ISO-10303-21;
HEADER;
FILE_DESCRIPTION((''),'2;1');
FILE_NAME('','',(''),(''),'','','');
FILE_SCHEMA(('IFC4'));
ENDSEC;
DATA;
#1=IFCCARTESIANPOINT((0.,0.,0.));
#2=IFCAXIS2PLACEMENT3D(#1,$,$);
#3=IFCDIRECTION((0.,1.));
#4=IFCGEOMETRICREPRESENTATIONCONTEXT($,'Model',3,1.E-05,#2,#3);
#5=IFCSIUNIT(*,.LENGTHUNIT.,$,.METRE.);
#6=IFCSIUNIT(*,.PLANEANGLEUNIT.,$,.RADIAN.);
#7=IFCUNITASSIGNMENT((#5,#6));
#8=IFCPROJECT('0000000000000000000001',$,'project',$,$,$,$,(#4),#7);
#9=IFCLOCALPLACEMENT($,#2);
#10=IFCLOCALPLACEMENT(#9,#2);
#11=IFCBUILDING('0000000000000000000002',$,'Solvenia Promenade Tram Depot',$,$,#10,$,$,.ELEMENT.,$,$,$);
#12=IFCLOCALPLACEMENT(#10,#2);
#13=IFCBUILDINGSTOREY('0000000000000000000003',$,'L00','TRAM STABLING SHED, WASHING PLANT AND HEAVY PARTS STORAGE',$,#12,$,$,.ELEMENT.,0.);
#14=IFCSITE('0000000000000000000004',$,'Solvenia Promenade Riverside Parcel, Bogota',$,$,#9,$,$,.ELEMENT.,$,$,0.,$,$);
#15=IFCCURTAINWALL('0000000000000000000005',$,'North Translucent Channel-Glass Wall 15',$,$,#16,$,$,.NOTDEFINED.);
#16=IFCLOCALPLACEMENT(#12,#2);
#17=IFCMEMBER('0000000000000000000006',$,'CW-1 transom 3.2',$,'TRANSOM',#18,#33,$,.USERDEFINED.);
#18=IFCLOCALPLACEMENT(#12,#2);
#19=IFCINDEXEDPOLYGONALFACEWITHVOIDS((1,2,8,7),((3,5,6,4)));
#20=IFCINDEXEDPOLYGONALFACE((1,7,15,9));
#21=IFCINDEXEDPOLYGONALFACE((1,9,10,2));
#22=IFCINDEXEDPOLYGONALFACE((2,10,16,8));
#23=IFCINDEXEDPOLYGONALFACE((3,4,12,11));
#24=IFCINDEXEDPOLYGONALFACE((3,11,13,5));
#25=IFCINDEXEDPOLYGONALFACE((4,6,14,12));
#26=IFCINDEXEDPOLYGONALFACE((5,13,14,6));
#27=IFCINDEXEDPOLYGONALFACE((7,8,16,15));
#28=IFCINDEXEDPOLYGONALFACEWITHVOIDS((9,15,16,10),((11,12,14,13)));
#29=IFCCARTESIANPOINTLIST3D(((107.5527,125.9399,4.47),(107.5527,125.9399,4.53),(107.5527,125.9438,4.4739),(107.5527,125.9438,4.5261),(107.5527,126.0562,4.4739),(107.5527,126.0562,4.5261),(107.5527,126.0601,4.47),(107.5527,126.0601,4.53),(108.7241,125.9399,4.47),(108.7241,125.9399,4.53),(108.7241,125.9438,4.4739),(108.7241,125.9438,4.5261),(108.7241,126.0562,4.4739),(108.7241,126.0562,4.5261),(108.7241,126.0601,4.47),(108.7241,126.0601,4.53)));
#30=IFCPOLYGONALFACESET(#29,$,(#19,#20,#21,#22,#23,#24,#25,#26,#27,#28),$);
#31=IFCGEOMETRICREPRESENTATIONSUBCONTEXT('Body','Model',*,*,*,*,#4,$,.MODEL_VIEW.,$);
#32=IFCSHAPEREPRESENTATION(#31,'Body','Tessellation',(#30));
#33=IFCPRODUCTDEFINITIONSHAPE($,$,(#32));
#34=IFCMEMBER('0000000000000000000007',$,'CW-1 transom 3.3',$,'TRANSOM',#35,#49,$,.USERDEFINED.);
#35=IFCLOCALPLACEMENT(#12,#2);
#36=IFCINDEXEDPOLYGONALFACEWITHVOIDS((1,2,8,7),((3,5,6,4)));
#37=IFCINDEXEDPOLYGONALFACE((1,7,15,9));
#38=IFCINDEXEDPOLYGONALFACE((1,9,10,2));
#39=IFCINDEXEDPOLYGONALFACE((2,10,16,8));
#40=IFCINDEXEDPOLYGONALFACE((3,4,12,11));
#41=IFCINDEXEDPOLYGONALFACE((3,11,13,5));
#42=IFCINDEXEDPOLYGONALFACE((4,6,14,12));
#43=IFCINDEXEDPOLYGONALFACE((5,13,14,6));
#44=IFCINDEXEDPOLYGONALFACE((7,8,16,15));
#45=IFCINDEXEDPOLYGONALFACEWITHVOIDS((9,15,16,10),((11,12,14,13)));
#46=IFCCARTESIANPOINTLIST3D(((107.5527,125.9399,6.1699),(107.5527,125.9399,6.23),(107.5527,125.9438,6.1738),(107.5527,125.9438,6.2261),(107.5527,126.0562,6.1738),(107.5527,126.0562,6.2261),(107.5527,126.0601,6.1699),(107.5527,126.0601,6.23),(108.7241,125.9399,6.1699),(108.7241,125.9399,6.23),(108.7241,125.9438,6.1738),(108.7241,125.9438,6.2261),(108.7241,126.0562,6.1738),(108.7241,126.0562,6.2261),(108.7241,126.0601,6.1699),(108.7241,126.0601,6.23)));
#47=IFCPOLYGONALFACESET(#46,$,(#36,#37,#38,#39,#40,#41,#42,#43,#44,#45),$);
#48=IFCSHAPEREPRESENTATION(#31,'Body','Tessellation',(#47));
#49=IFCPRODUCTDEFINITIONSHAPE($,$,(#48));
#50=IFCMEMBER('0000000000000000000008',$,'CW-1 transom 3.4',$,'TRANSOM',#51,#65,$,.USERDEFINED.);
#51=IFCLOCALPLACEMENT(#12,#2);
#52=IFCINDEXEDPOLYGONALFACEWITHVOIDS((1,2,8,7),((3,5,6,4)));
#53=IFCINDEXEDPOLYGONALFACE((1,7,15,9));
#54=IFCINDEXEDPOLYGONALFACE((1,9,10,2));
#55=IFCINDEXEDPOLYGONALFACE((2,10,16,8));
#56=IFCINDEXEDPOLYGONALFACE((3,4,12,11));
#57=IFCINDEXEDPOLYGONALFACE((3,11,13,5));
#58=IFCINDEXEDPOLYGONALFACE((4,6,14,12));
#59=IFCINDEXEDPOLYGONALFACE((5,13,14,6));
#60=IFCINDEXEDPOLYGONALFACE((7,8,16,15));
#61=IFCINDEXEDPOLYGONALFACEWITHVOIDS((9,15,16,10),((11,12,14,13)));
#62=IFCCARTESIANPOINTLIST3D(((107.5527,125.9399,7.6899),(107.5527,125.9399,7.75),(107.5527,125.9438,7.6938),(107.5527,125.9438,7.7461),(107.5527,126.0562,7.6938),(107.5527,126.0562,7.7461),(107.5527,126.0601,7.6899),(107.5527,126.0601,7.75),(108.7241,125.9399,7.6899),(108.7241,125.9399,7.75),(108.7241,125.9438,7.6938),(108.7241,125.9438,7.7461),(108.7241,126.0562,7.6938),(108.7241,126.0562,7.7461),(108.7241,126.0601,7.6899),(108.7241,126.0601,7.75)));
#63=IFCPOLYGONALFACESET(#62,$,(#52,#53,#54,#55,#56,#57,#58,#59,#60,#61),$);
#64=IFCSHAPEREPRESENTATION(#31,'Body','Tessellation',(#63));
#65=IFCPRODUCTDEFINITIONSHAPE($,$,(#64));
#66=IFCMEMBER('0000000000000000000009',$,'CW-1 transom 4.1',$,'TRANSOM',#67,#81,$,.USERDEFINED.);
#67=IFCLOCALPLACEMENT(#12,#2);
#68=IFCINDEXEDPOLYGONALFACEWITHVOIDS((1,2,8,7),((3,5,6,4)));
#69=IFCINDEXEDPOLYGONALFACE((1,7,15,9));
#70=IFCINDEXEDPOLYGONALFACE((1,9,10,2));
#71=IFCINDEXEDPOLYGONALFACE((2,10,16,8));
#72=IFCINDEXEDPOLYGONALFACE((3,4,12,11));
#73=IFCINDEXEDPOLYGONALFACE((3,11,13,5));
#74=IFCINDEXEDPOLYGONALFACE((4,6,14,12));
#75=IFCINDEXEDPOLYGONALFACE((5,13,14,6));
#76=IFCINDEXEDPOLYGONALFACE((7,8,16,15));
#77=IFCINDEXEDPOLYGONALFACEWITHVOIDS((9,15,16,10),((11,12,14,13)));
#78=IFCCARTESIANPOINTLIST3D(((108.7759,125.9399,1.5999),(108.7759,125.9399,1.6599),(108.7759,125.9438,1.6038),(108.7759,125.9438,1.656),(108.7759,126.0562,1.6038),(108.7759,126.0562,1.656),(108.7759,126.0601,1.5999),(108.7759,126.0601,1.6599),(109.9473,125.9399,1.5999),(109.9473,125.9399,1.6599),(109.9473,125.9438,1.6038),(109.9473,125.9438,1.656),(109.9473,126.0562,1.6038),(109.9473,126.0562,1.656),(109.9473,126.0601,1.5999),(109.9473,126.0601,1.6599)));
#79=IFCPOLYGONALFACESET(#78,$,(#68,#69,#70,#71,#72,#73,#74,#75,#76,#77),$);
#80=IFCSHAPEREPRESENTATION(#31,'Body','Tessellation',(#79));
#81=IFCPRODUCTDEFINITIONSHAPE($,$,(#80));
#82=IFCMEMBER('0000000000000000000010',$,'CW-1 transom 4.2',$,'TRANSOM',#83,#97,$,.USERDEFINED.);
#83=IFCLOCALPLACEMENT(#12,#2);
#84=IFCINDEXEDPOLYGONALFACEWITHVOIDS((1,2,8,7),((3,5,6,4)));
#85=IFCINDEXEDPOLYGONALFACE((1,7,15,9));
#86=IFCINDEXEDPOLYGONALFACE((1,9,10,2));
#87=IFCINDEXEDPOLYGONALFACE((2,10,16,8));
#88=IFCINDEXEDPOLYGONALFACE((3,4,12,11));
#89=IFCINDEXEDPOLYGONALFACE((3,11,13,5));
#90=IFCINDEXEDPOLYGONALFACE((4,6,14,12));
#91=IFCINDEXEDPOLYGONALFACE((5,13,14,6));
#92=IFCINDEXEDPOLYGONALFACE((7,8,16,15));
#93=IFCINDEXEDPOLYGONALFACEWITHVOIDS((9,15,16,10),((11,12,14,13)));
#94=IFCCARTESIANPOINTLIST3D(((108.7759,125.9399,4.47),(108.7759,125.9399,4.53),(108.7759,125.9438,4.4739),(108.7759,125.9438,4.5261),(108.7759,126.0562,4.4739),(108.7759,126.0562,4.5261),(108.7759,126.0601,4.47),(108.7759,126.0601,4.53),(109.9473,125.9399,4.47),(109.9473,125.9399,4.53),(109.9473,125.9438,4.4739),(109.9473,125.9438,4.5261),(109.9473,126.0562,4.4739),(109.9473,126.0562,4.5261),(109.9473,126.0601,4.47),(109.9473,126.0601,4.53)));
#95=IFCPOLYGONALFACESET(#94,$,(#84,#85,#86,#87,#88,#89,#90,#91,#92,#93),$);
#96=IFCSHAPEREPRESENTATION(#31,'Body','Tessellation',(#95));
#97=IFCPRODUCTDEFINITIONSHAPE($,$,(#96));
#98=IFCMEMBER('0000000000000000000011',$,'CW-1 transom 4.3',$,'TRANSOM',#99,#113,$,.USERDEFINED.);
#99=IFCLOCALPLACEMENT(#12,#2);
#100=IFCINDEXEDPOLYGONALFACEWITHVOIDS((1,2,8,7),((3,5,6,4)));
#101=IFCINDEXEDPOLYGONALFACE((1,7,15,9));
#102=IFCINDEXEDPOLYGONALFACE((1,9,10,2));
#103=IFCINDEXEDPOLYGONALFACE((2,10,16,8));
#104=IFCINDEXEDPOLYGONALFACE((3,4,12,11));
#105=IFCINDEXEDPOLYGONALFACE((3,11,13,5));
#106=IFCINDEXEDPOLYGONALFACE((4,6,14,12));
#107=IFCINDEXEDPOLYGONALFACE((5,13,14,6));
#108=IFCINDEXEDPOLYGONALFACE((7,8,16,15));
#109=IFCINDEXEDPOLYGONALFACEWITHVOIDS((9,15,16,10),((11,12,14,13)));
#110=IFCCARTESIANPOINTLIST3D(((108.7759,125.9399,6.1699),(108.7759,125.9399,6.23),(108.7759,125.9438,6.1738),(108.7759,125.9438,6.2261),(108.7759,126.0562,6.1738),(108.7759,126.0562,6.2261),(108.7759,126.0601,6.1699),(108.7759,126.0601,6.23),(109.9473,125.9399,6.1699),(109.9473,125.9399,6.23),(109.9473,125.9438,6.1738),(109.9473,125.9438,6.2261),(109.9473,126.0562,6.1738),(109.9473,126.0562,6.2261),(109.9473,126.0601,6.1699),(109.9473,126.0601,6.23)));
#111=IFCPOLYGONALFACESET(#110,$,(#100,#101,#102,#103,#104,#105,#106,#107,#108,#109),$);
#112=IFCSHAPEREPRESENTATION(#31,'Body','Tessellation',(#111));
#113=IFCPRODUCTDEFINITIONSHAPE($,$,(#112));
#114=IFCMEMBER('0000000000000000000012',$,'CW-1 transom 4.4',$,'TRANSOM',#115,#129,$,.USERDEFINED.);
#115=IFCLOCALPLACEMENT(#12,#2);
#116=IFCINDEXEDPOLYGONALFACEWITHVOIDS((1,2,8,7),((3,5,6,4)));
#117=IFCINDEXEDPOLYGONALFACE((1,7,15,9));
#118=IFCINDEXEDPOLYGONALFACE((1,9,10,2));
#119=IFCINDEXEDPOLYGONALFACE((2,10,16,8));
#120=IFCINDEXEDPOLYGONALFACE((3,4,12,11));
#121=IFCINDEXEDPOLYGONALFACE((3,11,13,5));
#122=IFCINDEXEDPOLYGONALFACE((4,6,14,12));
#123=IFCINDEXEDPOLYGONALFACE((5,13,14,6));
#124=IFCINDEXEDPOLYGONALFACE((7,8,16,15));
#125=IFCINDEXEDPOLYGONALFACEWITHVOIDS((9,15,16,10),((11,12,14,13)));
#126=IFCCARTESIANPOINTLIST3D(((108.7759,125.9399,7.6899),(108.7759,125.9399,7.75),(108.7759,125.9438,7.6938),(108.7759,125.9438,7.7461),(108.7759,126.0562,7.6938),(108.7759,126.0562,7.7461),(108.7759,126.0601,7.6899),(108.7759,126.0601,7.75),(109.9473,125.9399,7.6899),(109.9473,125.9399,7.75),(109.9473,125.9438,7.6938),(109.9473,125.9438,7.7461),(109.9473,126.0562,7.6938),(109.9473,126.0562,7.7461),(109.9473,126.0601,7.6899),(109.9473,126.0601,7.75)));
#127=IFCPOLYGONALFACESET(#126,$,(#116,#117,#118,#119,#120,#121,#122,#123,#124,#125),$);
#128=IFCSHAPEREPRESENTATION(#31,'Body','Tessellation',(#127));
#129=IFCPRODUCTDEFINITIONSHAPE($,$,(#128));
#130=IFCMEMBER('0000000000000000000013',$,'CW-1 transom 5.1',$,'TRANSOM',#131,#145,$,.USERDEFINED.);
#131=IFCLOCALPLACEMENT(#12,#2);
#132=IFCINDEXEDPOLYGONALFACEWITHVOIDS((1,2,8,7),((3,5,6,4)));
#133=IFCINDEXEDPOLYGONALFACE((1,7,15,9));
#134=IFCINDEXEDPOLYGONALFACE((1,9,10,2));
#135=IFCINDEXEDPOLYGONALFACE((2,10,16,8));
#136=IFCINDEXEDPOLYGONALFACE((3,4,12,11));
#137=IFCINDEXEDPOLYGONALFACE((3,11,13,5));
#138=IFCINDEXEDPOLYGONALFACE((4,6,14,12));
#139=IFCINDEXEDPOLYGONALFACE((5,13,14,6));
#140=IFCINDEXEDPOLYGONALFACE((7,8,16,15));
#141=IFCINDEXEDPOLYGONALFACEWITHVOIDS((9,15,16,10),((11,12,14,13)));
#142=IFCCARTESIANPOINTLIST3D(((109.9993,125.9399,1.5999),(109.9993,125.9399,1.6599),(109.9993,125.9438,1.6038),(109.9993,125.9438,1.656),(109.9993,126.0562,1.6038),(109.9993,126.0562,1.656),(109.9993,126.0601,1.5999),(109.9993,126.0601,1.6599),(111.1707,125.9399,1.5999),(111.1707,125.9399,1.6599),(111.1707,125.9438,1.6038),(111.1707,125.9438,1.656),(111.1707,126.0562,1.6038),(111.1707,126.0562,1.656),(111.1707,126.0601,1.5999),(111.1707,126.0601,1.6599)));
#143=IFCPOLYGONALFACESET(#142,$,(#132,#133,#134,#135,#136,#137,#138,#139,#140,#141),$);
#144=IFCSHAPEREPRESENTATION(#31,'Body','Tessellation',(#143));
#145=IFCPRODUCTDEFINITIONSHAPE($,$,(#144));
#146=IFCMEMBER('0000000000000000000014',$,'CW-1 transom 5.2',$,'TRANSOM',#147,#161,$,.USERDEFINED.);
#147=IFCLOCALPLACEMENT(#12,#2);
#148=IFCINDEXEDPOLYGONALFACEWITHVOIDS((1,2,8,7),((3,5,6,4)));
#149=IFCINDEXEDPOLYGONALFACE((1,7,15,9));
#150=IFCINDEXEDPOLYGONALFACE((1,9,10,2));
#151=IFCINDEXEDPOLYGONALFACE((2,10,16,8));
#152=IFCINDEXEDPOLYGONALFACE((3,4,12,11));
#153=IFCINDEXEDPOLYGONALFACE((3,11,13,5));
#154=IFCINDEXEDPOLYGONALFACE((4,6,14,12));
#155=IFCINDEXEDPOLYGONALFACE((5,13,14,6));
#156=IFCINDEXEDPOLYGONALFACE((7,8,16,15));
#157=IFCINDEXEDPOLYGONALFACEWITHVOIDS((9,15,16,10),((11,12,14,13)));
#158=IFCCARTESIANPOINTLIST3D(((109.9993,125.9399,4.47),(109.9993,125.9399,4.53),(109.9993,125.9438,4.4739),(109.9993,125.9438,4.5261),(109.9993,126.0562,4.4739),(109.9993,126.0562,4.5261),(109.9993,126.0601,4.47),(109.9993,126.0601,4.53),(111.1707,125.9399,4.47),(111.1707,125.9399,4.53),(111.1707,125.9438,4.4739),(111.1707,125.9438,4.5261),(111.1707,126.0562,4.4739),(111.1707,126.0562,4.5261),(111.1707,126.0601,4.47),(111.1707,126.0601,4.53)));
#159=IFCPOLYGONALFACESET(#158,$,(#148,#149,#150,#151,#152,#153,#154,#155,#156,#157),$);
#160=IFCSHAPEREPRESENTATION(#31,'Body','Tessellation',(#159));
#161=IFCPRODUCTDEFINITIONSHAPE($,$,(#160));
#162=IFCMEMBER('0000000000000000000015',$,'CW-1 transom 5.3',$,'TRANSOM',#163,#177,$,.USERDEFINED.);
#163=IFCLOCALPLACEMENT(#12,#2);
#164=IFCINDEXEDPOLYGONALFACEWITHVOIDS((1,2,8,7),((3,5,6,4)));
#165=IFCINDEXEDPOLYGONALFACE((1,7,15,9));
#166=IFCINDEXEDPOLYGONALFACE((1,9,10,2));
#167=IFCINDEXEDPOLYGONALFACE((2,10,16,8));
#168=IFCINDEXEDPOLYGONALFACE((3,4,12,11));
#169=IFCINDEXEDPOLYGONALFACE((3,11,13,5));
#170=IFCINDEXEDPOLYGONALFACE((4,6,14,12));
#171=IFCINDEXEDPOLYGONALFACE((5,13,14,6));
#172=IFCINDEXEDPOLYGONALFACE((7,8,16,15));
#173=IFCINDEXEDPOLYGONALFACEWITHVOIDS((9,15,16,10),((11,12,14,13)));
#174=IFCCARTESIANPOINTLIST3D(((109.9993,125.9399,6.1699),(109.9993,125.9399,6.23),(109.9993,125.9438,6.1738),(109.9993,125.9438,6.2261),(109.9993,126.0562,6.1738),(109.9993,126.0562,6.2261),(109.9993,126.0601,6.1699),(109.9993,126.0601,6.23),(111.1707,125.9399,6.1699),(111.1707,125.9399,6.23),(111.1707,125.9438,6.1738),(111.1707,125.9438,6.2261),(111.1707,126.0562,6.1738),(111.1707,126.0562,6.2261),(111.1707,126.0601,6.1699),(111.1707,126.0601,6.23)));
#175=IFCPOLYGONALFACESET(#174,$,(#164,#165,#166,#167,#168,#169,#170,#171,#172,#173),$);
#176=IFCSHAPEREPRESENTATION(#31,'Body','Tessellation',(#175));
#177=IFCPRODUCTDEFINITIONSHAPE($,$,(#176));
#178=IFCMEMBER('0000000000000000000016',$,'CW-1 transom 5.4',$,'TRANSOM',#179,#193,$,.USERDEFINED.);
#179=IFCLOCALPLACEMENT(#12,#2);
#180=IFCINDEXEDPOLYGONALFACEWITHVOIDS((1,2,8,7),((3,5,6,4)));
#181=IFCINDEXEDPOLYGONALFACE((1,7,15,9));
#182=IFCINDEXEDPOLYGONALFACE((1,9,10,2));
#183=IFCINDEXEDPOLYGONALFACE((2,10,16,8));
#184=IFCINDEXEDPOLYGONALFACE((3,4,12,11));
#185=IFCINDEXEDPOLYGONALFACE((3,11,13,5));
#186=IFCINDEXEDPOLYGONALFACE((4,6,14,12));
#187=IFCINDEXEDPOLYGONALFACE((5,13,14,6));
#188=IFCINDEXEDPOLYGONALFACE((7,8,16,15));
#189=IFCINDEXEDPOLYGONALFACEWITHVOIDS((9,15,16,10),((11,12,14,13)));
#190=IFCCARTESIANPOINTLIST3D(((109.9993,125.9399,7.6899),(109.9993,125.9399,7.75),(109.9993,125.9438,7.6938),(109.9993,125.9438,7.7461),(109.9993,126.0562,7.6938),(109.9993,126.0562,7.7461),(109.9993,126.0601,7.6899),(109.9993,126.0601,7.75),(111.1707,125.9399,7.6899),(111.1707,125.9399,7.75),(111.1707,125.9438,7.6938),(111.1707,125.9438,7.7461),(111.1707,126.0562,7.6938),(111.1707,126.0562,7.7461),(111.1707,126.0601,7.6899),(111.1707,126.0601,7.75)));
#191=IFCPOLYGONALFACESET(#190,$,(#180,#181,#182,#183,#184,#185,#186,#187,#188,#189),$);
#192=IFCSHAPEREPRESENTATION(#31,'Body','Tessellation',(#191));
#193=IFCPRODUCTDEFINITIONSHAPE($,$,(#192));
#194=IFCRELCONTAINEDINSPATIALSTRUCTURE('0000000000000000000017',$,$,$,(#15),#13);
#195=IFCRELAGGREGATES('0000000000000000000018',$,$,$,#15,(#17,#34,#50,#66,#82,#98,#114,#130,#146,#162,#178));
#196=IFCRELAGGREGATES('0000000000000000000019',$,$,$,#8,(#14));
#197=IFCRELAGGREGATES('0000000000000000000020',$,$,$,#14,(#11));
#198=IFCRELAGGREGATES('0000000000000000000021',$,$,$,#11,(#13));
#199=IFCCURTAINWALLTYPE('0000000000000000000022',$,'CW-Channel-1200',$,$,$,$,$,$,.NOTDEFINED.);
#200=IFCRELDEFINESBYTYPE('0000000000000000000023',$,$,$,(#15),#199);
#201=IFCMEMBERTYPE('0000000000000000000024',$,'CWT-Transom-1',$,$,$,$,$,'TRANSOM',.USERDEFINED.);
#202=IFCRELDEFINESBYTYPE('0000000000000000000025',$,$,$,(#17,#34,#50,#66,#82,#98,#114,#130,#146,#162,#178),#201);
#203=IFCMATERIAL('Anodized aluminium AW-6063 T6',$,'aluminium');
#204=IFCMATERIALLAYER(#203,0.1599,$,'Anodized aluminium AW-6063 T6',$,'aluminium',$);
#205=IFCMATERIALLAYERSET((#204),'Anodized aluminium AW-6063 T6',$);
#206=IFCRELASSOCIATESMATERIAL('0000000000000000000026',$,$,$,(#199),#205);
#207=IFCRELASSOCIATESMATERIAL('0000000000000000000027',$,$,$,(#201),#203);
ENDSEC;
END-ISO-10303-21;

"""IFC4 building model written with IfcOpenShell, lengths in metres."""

from ifc_helpers import new_model, si_unit, direction, frame, origin, origin_2d, place, context, subcontext, project, spatial, hollow_rectangle, extrude, material, layer, layer_set, material_profile, profile_set, type_object, element, aggregate, save


model = new_model("IFC4")

# Units and contexts
model_context = context("Model", 3, precision=1e-05, world=origin(), true_north=direction((0.0, 1.0)))
body_context = subcontext(model_context, "Body", "Model", "MODEL_VIEW")
ifc_project = project(units=[si_unit("LENGTHUNIT", "METRE"), si_unit("PLANEANGLEUNIT", "RADIAN")], contexts=[model_context])

# Site, building, storey
site_placement = place(None, origin())
site = spatial("IfcSite", under=ifc_project, at=site_placement, Name="Solvenia Promenade Riverside Parcel, Bogota", CompositionType="ELEMENT", RefElevation=0.0)
building_placement = place(site_placement, origin())
building = spatial("IfcBuilding", under=site, at=building_placement, Name="Solvenia Promenade Tram Depot", CompositionType="ELEMENT")
storey_placement = place(building_placement, origin())
storey = spatial("IfcBuildingStorey", under=building, at=storey_placement, Name="L00", Description="TRAM STABLING SHED, WASHING PLANT AND HEAVY PARTS STORAGE", CompositionType="ELEMENT", Elevation=0.0)

# Curtain wall, members
ifc_material_1 = material(Name="Anodized aluminium AW-6063 T6", Category="aluminium")
ifc_layer_1 = layer(ifc_material_1, 0.1599, Name="Anodized aluminium AW-6063 T6", Category="aluminium")
ifc_layer_set_1 = layer_set([ifc_layer_1], Name="Anodized aluminium AW-6063 T6")
curtain_wall_type = type_object("IfcCurtainWallType", Name="CW-Channel-1200", PredefinedType="NOTDEFINED", material=ifc_layer_set_1)
curtain_wall_placement = place(storey_placement, origin())
curtain_wall = element("IfcCurtainWall", 1, at=curtain_wall_placement, inside=storey, type_object=curtain_wall_type, Name="North Translucent Channel-Glass Wall 15", PredefinedType="NOTDEFINED")
ifc_material_profile_1 = material_profile(ifc_material_1, hollow_rectangle(XDim=0.1201, YDim=0.0601, WallThickness=0.0039, at=origin_2d()), Name="ALU-T1", Category="aluminium")
ifc_profile_set_1 = profile_set([ifc_material_profile_1], Name="Anodized aluminium AW-6063 T6")
member_type_1 = type_object("IfcMemberType", Name="CWT-Transom-1", ElementType="TRANSOM", PredefinedType="USERDEFINED", material=ifc_profile_set_1)
member_1_placement = place(storey_placement, frame((107.5527, 126.0, 4.5), z_axis=(1.0, 0.0, 0.0), x_axis=(0.0, 1.0, 0.0)))
member_1 = element("IfcMember", 2, at=member_1_placement, type_object=member_type_1, Name="CW-1 transom 3.2", ObjectType="TRANSOM", PredefinedType="USERDEFINED", context=body_context, shape_type="SweptSolid", body=[
    extrude(hollow_rectangle(XDim=0.1201, YDim=0.0601, WallThickness=0.0039, at=origin_2d()), origin(), (0.0, 0.0, 1.0), 1.1714),
])
member_2_placement = place(storey_placement, frame((107.5527, 126.0, 6.2), z_axis=(1.0, 0.0, 0.0), x_axis=(0.0, 1.0, 0.0)))
member_2 = element("IfcMember", 3, at=member_2_placement, type_object=member_type_1, Name="CW-1 transom 3.3", ObjectType="TRANSOM", PredefinedType="USERDEFINED", context=body_context, shape_type="SweptSolid", body=[
    extrude(hollow_rectangle(XDim=0.1201, YDim=0.0601, WallThickness=0.0039, at=origin_2d()), origin(), (0.0, 0.0, 1.0), 1.1714),
])
member_3_placement = place(storey_placement, frame((107.5527, 126.0, 7.72), z_axis=(1.0, 0.0, 0.0), x_axis=(0.0, 1.0, 0.0)))
member_3 = element("IfcMember", 4, at=member_3_placement, type_object=member_type_1, Name="CW-1 transom 3.4", ObjectType="TRANSOM", PredefinedType="USERDEFINED", context=body_context, shape_type="SweptSolid", body=[
    extrude(hollow_rectangle(XDim=0.1201, YDim=0.0601, WallThickness=0.0039, at=origin_2d()), origin(), (0.0, 0.0, 1.0), 1.1714),
])
member_4_placement = place(storey_placement, frame((108.7759, 126.0, 1.6299), z_axis=(1.0, 0.0, 0.0), x_axis=(0.0, 1.0, 0.0)))
member_4 = element("IfcMember", 5, at=member_4_placement, type_object=member_type_1, Name="CW-1 transom 4.1", ObjectType="TRANSOM", PredefinedType="USERDEFINED", context=body_context, shape_type="SweptSolid", body=[
    extrude(hollow_rectangle(XDim=0.1201, YDim=0.0601, WallThickness=0.0039, at=origin_2d()), origin(), (0.0, 0.0, 1.0), 1.1714),
])
member_5_placement = place(storey_placement, frame((108.7759, 126.0, 4.5), z_axis=(1.0, 0.0, 0.0), x_axis=(0.0, 1.0, 0.0)))
member_5 = element("IfcMember", 6, at=member_5_placement, type_object=member_type_1, Name="CW-1 transom 4.2", ObjectType="TRANSOM", PredefinedType="USERDEFINED", context=body_context, shape_type="SweptSolid", body=[
    extrude(hollow_rectangle(XDim=0.1201, YDim=0.0601, WallThickness=0.0039, at=origin_2d()), origin(), (0.0, 0.0, 1.0), 1.1714),
])
member_6_placement = place(storey_placement, frame((108.7759, 126.0, 6.2), z_axis=(1.0, 0.0, 0.0), x_axis=(0.0, 1.0, 0.0)))
member_6 = element("IfcMember", 7, at=member_6_placement, type_object=member_type_1, Name="CW-1 transom 4.3", ObjectType="TRANSOM", PredefinedType="USERDEFINED", context=body_context, shape_type="SweptSolid", body=[
    extrude(hollow_rectangle(XDim=0.1201, YDim=0.0601, WallThickness=0.0039, at=origin_2d()), origin(), (0.0, 0.0, 1.0), 1.1714),
])
member_7_placement = place(storey_placement, frame((108.7759, 126.0, 7.72), z_axis=(1.0, 0.0, 0.0), x_axis=(0.0, 1.0, 0.0)))
member_7 = element("IfcMember", 8, at=member_7_placement, type_object=member_type_1, Name="CW-1 transom 4.4", ObjectType="TRANSOM", PredefinedType="USERDEFINED", context=body_context, shape_type="SweptSolid", body=[
    extrude(hollow_rectangle(XDim=0.1201, YDim=0.0601, WallThickness=0.0039, at=origin_2d()), origin(), (0.0, 0.0, 1.0), 1.1714),
])
member_8_placement = place(storey_placement, frame((109.9993, 126.0, 1.6299), z_axis=(1.0, 0.0, 0.0), x_axis=(0.0, 1.0, 0.0)))
member_8 = element("IfcMember", 9, at=member_8_placement, type_object=member_type_1, Name="CW-1 transom 5.1", ObjectType="TRANSOM", PredefinedType="USERDEFINED", context=body_context, shape_type="SweptSolid", body=[
    extrude(hollow_rectangle(XDim=0.1201, YDim=0.0601, WallThickness=0.0039, at=origin_2d()), origin(), (0.0, 0.0, 1.0), 1.1714),
])
member_9_placement = place(storey_placement, frame((109.9993, 126.0, 4.5), z_axis=(1.0, 0.0, 0.0), x_axis=(0.0, 1.0, 0.0)))
member_9 = element("IfcMember", 10, at=member_9_placement, type_object=member_type_1, Name="CW-1 transom 5.2", ObjectType="TRANSOM", PredefinedType="USERDEFINED", context=body_context, shape_type="SweptSolid", body=[
    extrude(hollow_rectangle(XDim=0.1201, YDim=0.0601, WallThickness=0.0039, at=origin_2d()), origin(), (0.0, 0.0, 1.0), 1.1714),
])
member_10_placement = place(storey_placement, frame((109.9993, 126.0, 6.2), z_axis=(1.0, 0.0, 0.0), x_axis=(0.0, 1.0, 0.0)))
member_10 = element("IfcMember", 11, at=member_10_placement, type_object=member_type_1, Name="CW-1 transom 5.3", ObjectType="TRANSOM", PredefinedType="USERDEFINED", context=body_context, shape_type="SweptSolid", body=[
    extrude(hollow_rectangle(XDim=0.1201, YDim=0.0601, WallThickness=0.0039, at=origin_2d()), origin(), (0.0, 0.0, 1.0), 1.1714),
])
member_11_placement = place(storey_placement, frame((109.9993, 126.0, 7.72), z_axis=(1.0, 0.0, 0.0), x_axis=(0.0, 1.0, 0.0)))
member_11 = element("IfcMember", 12, at=member_11_placement, type_object=member_type_1, Name="CW-1 transom 5.4", ObjectType="TRANSOM", PredefinedType="USERDEFINED", context=body_context, shape_type="SweptSolid", body=[
    extrude(hollow_rectangle(XDim=0.1201, YDim=0.0601, WallThickness=0.0039, at=origin_2d()), origin(), (0.0, 0.0, 1.0), 1.1714),
])
aggregate(curtain_wall, [member_1, member_2, member_3, member_4, member_5, member_6, member_7, member_8, member_9, member_10, member_11])

save(model, "model.ifc")
